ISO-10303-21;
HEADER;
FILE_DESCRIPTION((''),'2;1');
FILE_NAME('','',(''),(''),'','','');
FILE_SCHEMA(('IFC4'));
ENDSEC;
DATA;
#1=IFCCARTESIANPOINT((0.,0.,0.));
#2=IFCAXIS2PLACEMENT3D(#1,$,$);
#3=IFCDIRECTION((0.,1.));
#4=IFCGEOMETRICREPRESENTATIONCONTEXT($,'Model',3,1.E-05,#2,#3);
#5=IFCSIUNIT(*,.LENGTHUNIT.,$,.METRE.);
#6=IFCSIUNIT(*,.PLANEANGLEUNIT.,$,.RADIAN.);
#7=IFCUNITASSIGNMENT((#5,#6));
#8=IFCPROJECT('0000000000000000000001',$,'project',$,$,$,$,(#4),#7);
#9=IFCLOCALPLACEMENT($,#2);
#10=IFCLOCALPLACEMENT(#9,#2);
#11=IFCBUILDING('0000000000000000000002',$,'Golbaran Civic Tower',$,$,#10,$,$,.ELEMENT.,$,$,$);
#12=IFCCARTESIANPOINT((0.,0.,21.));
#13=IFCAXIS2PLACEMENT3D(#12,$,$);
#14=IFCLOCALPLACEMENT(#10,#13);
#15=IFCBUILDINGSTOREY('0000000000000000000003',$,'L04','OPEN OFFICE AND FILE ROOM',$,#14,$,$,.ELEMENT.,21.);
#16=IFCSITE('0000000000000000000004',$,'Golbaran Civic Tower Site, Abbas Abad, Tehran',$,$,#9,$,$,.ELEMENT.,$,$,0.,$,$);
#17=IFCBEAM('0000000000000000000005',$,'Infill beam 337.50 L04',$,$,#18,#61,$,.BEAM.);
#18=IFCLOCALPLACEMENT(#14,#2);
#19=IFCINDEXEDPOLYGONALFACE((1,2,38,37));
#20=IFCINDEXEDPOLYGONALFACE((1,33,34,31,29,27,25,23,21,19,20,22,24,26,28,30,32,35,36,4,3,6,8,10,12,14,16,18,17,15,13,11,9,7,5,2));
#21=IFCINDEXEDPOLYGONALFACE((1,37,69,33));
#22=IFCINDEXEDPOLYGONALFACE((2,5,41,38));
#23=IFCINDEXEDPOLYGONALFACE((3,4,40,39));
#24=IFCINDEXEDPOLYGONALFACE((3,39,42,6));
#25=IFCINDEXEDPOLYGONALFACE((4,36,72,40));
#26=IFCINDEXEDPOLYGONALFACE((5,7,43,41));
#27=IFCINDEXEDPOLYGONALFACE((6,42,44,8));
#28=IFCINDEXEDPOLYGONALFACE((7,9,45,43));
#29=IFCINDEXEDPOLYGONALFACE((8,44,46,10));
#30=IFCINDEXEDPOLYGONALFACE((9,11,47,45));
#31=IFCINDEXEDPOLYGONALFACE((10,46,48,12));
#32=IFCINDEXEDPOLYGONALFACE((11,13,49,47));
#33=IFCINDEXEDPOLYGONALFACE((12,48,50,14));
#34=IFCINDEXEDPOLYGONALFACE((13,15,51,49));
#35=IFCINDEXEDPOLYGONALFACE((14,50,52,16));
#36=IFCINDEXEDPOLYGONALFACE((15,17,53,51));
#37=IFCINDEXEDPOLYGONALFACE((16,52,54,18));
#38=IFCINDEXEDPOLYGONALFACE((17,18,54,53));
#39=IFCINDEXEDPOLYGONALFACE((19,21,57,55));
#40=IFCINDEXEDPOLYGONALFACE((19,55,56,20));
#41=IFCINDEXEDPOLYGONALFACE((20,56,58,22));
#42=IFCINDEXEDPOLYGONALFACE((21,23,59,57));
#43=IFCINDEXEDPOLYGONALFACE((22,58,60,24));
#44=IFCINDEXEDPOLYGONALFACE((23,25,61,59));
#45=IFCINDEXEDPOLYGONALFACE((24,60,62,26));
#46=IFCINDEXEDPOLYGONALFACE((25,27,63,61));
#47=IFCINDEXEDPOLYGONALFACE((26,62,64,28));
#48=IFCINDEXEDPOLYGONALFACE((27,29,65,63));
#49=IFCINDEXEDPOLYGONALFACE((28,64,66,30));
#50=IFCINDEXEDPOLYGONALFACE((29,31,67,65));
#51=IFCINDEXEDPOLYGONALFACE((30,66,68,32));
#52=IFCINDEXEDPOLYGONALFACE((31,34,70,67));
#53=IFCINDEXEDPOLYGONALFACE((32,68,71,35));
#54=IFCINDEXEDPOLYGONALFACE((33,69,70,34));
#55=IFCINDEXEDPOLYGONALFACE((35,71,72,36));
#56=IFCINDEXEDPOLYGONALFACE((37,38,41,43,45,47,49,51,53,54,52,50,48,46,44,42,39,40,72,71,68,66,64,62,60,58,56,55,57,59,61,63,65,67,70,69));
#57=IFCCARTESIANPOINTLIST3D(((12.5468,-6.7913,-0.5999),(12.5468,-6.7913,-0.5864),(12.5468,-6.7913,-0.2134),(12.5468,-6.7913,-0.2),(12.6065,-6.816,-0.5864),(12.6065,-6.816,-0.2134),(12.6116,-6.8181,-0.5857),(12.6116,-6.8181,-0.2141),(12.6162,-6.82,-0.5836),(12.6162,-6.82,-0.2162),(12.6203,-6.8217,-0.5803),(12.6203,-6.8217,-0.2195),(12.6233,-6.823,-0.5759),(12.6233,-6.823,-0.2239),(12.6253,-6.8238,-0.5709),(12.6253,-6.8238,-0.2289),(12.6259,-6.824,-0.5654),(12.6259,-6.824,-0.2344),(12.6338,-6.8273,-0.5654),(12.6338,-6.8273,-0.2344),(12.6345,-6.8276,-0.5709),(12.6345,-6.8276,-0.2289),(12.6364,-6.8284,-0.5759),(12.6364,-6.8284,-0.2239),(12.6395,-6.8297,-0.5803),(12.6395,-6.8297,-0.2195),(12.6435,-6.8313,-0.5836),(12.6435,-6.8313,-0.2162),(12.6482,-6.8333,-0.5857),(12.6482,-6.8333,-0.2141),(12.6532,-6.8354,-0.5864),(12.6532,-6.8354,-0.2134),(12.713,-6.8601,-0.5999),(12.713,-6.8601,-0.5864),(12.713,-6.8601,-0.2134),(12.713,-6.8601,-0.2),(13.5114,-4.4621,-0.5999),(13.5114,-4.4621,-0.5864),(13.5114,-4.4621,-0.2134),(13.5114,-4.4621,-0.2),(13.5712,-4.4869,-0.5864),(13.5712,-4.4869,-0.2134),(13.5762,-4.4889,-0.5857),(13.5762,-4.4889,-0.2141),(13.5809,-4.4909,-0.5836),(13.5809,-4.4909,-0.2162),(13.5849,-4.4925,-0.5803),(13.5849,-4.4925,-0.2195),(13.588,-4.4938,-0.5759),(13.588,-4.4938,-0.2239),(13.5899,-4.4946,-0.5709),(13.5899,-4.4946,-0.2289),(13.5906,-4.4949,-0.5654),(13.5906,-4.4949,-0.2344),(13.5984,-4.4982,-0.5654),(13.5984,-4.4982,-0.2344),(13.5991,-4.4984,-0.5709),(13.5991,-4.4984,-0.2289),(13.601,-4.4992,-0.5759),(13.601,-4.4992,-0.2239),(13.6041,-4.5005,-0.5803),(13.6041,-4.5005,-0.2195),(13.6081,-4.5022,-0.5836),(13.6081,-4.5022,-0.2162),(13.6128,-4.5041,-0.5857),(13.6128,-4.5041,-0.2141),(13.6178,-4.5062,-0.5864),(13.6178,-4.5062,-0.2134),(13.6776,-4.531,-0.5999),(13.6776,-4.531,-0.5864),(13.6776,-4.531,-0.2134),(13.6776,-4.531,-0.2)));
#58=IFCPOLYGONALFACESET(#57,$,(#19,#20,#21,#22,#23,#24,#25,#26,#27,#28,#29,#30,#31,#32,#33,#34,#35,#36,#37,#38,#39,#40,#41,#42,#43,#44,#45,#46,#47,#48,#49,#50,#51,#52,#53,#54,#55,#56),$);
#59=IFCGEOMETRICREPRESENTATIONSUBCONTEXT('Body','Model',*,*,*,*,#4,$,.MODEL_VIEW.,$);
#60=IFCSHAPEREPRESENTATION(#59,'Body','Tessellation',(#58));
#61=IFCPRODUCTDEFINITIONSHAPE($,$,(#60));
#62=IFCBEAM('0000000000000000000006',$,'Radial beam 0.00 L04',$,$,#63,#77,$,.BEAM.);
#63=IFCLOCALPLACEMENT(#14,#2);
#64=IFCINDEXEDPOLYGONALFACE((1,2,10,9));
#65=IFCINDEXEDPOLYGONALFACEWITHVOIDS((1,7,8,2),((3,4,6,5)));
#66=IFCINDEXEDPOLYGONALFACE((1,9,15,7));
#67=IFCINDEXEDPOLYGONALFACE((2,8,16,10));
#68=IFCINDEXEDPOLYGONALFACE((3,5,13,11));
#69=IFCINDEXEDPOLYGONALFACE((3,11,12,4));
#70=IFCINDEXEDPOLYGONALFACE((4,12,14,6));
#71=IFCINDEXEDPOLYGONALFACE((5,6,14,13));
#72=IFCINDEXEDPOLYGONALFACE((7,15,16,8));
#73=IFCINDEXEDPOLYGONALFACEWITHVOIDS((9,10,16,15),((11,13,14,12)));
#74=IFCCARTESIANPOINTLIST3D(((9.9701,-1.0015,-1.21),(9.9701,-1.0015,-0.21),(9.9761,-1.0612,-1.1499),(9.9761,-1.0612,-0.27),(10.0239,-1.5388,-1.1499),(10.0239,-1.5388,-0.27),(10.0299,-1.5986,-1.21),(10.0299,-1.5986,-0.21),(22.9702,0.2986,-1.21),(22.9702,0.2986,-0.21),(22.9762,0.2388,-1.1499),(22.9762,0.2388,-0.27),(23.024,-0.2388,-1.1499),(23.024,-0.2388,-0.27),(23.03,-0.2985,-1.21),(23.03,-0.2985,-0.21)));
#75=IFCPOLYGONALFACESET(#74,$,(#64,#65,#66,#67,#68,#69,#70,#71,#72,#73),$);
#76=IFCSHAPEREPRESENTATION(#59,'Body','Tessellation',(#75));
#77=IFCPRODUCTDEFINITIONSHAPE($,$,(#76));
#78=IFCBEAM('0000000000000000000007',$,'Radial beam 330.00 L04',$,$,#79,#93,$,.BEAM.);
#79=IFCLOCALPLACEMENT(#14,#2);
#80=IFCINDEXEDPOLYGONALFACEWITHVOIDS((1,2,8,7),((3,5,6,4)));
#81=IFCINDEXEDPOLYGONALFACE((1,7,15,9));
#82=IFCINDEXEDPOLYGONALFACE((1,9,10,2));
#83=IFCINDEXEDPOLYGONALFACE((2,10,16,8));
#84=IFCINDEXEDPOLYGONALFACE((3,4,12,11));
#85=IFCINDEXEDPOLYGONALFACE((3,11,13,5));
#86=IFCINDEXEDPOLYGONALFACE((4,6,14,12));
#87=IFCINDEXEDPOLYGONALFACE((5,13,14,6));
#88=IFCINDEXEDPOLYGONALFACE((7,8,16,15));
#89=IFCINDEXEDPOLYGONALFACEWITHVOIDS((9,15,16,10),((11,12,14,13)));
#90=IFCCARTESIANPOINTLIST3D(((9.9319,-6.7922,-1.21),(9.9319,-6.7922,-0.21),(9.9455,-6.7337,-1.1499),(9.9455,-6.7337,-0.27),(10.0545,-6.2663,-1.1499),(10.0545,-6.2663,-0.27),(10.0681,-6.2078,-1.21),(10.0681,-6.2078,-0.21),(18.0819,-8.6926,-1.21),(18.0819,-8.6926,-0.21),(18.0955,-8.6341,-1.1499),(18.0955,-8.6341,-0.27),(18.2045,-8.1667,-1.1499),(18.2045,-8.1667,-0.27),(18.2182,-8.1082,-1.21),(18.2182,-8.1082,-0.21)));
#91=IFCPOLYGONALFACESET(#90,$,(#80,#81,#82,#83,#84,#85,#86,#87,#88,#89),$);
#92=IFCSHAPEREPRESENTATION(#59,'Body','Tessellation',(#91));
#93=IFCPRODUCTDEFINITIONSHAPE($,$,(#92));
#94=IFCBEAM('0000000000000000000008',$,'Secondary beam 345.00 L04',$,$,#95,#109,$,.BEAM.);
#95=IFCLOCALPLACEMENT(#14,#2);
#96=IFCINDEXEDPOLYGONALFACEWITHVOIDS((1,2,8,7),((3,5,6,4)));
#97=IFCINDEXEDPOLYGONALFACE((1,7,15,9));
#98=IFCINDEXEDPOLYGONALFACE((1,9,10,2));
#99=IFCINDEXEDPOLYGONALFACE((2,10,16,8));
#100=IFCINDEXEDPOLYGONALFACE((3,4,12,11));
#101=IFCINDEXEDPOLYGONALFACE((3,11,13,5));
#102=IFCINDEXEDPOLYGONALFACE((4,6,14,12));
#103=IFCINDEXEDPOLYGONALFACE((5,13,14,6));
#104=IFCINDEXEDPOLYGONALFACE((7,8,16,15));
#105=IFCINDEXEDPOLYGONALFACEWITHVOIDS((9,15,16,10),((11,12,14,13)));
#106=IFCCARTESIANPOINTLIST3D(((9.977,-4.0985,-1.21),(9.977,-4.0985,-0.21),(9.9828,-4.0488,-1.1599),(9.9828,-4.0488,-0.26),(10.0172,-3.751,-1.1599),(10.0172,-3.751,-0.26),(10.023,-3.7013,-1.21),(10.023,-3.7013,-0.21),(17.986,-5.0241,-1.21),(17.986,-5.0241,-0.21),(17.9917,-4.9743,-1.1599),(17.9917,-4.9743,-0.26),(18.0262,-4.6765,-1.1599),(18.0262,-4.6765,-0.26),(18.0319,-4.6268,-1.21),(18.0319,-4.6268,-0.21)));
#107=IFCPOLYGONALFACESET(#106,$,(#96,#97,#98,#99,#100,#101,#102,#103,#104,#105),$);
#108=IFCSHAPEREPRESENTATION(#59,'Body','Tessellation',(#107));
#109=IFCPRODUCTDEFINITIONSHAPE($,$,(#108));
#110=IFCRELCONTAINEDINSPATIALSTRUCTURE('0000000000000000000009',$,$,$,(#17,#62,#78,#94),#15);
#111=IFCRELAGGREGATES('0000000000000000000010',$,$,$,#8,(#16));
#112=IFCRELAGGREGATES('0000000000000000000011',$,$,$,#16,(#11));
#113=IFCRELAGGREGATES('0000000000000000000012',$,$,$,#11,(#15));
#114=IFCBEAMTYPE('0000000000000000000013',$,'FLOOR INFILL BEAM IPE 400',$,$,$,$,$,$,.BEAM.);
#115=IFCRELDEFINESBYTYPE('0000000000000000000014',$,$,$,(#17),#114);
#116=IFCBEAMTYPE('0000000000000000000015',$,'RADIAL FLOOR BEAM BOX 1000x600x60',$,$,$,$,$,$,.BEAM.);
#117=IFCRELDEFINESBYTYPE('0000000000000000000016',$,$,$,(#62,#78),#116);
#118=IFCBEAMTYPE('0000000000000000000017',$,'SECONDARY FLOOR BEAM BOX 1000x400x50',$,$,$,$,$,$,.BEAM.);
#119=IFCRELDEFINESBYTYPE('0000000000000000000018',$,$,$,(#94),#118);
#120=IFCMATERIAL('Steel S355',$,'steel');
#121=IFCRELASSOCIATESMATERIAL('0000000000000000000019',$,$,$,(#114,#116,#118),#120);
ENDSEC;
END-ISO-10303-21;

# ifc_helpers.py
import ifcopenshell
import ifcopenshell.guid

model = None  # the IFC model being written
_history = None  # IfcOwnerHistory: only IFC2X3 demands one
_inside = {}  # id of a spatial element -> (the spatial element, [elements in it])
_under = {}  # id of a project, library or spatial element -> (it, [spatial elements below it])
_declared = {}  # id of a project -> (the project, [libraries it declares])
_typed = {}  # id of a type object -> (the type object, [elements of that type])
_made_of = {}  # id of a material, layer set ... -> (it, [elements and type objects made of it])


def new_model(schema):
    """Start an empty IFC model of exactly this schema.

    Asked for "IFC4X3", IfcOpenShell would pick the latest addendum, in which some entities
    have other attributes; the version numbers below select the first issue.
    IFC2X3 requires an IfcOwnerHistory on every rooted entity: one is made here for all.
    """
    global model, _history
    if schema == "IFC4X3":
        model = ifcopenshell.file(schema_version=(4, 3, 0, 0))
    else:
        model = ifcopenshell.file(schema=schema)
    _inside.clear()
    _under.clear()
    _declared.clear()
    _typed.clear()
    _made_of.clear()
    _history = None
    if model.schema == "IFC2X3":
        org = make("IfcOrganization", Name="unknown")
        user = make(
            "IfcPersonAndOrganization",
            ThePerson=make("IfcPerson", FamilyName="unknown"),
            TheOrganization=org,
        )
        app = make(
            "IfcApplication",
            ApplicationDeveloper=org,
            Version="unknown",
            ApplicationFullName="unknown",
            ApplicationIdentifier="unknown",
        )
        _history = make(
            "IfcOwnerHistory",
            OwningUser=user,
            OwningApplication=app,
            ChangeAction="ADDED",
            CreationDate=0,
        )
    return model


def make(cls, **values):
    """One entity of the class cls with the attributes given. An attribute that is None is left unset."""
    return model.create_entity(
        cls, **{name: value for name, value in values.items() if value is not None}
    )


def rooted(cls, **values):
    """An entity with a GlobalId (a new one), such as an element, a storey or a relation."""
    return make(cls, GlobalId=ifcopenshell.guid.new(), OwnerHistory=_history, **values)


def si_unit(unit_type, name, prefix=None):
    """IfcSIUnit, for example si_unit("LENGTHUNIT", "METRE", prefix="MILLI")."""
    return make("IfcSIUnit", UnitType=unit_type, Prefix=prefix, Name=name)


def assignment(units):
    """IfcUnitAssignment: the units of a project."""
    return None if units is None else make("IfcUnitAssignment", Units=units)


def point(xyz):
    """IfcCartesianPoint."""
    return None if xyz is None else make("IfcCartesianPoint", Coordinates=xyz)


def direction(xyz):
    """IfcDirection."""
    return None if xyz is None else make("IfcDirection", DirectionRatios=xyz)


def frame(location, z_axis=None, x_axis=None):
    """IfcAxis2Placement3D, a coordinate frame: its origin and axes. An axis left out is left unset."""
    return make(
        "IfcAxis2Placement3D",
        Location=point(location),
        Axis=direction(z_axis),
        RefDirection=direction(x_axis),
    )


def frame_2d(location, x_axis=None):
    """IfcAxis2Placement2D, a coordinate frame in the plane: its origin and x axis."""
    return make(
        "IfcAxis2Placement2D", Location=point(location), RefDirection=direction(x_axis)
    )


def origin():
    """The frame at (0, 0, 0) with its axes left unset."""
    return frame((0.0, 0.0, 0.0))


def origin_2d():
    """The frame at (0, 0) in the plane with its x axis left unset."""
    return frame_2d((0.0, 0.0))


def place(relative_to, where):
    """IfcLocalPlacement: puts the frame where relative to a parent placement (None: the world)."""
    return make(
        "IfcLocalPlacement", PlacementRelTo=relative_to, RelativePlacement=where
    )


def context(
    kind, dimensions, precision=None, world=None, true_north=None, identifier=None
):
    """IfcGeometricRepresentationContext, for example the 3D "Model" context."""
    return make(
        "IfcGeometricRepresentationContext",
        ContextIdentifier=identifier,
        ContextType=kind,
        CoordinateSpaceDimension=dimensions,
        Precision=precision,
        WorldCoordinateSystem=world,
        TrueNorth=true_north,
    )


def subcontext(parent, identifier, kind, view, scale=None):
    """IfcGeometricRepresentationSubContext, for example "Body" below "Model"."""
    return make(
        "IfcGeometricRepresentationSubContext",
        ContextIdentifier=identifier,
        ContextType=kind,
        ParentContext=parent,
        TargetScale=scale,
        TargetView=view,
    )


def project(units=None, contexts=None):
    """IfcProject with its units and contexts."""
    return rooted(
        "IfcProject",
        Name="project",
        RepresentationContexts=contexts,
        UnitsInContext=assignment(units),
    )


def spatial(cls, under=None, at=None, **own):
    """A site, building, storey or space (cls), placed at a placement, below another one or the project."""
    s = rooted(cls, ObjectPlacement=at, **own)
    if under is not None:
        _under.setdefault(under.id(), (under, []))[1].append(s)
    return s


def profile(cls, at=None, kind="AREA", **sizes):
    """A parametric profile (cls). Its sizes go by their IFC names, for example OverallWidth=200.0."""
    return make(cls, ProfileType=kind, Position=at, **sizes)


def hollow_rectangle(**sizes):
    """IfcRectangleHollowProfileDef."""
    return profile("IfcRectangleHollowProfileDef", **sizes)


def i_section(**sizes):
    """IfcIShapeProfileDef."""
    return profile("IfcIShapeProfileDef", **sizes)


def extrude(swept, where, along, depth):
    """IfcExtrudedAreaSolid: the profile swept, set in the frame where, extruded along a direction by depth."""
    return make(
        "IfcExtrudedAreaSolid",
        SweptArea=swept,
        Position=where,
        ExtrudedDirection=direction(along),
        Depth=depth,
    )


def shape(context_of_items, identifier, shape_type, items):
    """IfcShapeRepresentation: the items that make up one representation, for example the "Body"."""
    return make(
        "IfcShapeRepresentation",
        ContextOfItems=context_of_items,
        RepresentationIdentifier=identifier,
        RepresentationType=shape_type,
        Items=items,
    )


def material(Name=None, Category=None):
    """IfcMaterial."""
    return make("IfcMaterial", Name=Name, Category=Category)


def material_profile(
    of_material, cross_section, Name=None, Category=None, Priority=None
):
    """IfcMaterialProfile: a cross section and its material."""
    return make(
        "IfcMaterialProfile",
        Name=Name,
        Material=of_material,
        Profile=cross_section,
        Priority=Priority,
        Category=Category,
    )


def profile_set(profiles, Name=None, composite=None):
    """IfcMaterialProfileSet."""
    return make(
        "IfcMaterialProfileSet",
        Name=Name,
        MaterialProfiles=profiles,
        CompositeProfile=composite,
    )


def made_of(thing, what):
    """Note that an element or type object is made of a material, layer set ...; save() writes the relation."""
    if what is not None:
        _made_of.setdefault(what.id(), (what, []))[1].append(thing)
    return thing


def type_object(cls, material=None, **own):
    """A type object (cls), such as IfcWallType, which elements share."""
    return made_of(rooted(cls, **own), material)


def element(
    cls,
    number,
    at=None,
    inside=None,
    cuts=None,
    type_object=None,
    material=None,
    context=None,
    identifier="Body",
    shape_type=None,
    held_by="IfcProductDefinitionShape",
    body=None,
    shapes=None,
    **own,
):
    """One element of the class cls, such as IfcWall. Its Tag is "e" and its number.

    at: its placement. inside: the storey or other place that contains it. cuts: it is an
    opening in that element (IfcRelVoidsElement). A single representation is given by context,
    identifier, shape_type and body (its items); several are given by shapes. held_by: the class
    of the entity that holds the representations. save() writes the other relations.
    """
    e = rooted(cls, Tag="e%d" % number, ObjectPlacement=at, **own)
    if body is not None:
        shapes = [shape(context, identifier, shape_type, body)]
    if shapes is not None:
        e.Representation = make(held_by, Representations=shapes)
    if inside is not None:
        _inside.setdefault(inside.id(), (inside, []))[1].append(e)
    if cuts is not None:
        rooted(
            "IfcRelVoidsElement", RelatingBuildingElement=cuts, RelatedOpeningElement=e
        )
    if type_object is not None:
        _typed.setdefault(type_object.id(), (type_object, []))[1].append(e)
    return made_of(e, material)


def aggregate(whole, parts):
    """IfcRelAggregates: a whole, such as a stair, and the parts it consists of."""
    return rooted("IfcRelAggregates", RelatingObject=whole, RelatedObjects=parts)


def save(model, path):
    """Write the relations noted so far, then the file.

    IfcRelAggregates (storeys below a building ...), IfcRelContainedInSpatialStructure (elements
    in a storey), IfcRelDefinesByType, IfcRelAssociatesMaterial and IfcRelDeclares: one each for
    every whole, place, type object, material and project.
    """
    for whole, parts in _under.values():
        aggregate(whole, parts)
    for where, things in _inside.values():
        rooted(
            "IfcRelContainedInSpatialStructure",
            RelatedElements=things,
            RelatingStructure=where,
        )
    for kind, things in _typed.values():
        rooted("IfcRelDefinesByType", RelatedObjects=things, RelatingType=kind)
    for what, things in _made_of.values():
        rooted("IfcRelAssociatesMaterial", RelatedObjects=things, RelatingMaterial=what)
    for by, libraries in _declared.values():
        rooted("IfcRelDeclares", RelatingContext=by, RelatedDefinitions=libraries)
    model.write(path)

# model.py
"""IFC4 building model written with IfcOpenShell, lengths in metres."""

from ifc_helpers import new_model, si_unit, direction, frame, origin, origin_2d, place, context, subcontext, project, spatial, hollow_rectangle, i_section, extrude, material, material_profile, profile_set, type_object, element, save


model = new_model("IFC4")

# Units and contexts
model_context = context("Model", 3, precision=1e-05, world=origin(), true_north=direction((0.0, 1.0)))
body_context = subcontext(model_context, "Body", "Model", "MODEL_VIEW")
ifc_project = project(units=[si_unit("LENGTHUNIT", "METRE"), si_unit("PLANEANGLEUNIT", "RADIAN")], contexts=[model_context])

# Site, building, storey
site_placement = place(None, origin())
site = spatial("IfcSite", under=ifc_project, at=site_placement, Name="Golbaran Civic Tower Site, Abbas Abad, Tehran", CompositionType="ELEMENT", RefElevation=0.0)
building_placement = place(site_placement, origin())
building = spatial("IfcBuilding", under=site, at=building_placement, Name="Golbaran Civic Tower", CompositionType="ELEMENT")
storey_placement = place(building_placement, frame((0.0, 0.0, 21.0)))
storey = spatial("IfcBuildingStorey", under=building, at=storey_placement, Name="L04", Description="OPEN OFFICE AND FILE ROOM", CompositionType="ELEMENT", Elevation=21.0)

# Beams
ifc_material_1 = material(Name="Steel S355", Category="steel")
ifc_material_profile_1 = material_profile(ifc_material_1, i_section(OverallWidth=0.1799, OverallDepth=0.3999, WebThickness=0.0085, FlangeThickness=0.0134, FilletRadius=0.021, at=origin_2d()), Name="IPE 400")
ifc_profile_set_1 = profile_set([ifc_material_profile_1], Name="Steel S355")
beam_type_1 = type_object("IfcBeamType", Name="FLOOR INFILL BEAM IPE 400", PredefinedType="BEAM", material=ifc_profile_set_1)
beam_1_placement = place(storey_placement, frame((12.6299, -6.8257, -0.3999), z_axis=(0.382634, 0.9239, 0.0), x_axis=(-0.9239, 0.382634, 0.0)))
element("IfcBeam", 1, at=beam_1_placement, inside=storey, type_object=beam_type_1, Name="Infill beam 337.50 L04", PredefinedType="BEAM", context=body_context, shape_type="SweptSolid", body=[
    extrude(i_section(OverallWidth=0.1799, OverallDepth=0.3999, WebThickness=0.0085, FlangeThickness=0.0134, FilletRadius=0.021, at=origin_2d()), origin(), (0.0, 0.0, 1.0), 2.521),
])
ifc_material_profile_2 = material_profile(ifc_material_1, hollow_rectangle(XDim=0.6001, YDim=1.0, WallThickness=0.0601, at=origin_2d()), Name="BOX 1000x600x60")
ifc_profile_set_2 = profile_set([ifc_material_profile_2], Name="Steel S355")
beam_type_2 = type_object("IfcBeamType", Name="RADIAL FLOOR BEAM BOX 1000x600x60", PredefinedType="BEAM", material=ifc_profile_set_2)
beam_2_placement = place(storey_placement, frame((10.0, -1.3, -0.71), z_axis=(0.995037, 0.099507, 0.0), x_axis=(-0.099507, 0.995037, 0.0)))
element("IfcBeam", 2, at=beam_2_placement, inside=storey, type_object=beam_type_2, Name="Radial beam 0.00 L04", PredefinedType="BEAM", context=body_context, shape_type="SweptSolid", body=[
    extrude(hollow_rectangle(XDim=0.6001, YDim=1.0, WallThickness=0.0601, at=origin_2d()), origin(), (0.0, 0.0, 1.0), 13.0649),
])
beam_3_placement = place(storey_placement, frame((10.0, -6.5, -0.71), z_axis=(0.973874, -0.227088, 0.0), x_axis=(0.227088, 0.973874, 0.0)))
element("IfcBeam", 3, at=beam_3_placement, inside=storey, type_object=beam_type_2, Name="Radial beam 330.00 L04", PredefinedType="BEAM", context=body_context, shape_type="SweptSolid", body=[
    extrude(hollow_rectangle(XDim=0.6001, YDim=1.0, WallThickness=0.0601, at=origin_2d()), origin(), (0.0, 0.0, 1.0), 8.3687),
])
ifc_material_profile_3 = material_profile(ifc_material_1, hollow_rectangle(XDim=0.3999, YDim=1.0, WallThickness=0.05, at=origin_2d()), Name="BOX 1000x400x50")
ifc_profile_set_3 = profile_set([ifc_material_profile_3], Name="Steel S355")
beam_type_3 = type_object("IfcBeamType", Name="SECONDARY FLOOR BEAM BOX 1000x400x50", PredefinedType="BEAM", material=ifc_profile_set_3)
beam_4_placement = place(storey_placement, frame((10.0, -3.8999, -0.71), z_axis=(0.993389, -0.114798, 0.0), x_axis=(0.114798, 0.993389, 0.0)))
element("IfcBeam", 4, at=beam_4_placement, inside=storey, type_object=beam_type_3, Name="Secondary beam 345.00 L04", PredefinedType="BEAM", context=body_context, shape_type="SweptSolid", body=[
    extrude(hollow_rectangle(XDim=0.3999, YDim=1.0, WallThickness=0.05, at=origin_2d()), origin(), (0.0, 0.0, 1.0), 8.0623),
])

save(model, "model.ifc")
